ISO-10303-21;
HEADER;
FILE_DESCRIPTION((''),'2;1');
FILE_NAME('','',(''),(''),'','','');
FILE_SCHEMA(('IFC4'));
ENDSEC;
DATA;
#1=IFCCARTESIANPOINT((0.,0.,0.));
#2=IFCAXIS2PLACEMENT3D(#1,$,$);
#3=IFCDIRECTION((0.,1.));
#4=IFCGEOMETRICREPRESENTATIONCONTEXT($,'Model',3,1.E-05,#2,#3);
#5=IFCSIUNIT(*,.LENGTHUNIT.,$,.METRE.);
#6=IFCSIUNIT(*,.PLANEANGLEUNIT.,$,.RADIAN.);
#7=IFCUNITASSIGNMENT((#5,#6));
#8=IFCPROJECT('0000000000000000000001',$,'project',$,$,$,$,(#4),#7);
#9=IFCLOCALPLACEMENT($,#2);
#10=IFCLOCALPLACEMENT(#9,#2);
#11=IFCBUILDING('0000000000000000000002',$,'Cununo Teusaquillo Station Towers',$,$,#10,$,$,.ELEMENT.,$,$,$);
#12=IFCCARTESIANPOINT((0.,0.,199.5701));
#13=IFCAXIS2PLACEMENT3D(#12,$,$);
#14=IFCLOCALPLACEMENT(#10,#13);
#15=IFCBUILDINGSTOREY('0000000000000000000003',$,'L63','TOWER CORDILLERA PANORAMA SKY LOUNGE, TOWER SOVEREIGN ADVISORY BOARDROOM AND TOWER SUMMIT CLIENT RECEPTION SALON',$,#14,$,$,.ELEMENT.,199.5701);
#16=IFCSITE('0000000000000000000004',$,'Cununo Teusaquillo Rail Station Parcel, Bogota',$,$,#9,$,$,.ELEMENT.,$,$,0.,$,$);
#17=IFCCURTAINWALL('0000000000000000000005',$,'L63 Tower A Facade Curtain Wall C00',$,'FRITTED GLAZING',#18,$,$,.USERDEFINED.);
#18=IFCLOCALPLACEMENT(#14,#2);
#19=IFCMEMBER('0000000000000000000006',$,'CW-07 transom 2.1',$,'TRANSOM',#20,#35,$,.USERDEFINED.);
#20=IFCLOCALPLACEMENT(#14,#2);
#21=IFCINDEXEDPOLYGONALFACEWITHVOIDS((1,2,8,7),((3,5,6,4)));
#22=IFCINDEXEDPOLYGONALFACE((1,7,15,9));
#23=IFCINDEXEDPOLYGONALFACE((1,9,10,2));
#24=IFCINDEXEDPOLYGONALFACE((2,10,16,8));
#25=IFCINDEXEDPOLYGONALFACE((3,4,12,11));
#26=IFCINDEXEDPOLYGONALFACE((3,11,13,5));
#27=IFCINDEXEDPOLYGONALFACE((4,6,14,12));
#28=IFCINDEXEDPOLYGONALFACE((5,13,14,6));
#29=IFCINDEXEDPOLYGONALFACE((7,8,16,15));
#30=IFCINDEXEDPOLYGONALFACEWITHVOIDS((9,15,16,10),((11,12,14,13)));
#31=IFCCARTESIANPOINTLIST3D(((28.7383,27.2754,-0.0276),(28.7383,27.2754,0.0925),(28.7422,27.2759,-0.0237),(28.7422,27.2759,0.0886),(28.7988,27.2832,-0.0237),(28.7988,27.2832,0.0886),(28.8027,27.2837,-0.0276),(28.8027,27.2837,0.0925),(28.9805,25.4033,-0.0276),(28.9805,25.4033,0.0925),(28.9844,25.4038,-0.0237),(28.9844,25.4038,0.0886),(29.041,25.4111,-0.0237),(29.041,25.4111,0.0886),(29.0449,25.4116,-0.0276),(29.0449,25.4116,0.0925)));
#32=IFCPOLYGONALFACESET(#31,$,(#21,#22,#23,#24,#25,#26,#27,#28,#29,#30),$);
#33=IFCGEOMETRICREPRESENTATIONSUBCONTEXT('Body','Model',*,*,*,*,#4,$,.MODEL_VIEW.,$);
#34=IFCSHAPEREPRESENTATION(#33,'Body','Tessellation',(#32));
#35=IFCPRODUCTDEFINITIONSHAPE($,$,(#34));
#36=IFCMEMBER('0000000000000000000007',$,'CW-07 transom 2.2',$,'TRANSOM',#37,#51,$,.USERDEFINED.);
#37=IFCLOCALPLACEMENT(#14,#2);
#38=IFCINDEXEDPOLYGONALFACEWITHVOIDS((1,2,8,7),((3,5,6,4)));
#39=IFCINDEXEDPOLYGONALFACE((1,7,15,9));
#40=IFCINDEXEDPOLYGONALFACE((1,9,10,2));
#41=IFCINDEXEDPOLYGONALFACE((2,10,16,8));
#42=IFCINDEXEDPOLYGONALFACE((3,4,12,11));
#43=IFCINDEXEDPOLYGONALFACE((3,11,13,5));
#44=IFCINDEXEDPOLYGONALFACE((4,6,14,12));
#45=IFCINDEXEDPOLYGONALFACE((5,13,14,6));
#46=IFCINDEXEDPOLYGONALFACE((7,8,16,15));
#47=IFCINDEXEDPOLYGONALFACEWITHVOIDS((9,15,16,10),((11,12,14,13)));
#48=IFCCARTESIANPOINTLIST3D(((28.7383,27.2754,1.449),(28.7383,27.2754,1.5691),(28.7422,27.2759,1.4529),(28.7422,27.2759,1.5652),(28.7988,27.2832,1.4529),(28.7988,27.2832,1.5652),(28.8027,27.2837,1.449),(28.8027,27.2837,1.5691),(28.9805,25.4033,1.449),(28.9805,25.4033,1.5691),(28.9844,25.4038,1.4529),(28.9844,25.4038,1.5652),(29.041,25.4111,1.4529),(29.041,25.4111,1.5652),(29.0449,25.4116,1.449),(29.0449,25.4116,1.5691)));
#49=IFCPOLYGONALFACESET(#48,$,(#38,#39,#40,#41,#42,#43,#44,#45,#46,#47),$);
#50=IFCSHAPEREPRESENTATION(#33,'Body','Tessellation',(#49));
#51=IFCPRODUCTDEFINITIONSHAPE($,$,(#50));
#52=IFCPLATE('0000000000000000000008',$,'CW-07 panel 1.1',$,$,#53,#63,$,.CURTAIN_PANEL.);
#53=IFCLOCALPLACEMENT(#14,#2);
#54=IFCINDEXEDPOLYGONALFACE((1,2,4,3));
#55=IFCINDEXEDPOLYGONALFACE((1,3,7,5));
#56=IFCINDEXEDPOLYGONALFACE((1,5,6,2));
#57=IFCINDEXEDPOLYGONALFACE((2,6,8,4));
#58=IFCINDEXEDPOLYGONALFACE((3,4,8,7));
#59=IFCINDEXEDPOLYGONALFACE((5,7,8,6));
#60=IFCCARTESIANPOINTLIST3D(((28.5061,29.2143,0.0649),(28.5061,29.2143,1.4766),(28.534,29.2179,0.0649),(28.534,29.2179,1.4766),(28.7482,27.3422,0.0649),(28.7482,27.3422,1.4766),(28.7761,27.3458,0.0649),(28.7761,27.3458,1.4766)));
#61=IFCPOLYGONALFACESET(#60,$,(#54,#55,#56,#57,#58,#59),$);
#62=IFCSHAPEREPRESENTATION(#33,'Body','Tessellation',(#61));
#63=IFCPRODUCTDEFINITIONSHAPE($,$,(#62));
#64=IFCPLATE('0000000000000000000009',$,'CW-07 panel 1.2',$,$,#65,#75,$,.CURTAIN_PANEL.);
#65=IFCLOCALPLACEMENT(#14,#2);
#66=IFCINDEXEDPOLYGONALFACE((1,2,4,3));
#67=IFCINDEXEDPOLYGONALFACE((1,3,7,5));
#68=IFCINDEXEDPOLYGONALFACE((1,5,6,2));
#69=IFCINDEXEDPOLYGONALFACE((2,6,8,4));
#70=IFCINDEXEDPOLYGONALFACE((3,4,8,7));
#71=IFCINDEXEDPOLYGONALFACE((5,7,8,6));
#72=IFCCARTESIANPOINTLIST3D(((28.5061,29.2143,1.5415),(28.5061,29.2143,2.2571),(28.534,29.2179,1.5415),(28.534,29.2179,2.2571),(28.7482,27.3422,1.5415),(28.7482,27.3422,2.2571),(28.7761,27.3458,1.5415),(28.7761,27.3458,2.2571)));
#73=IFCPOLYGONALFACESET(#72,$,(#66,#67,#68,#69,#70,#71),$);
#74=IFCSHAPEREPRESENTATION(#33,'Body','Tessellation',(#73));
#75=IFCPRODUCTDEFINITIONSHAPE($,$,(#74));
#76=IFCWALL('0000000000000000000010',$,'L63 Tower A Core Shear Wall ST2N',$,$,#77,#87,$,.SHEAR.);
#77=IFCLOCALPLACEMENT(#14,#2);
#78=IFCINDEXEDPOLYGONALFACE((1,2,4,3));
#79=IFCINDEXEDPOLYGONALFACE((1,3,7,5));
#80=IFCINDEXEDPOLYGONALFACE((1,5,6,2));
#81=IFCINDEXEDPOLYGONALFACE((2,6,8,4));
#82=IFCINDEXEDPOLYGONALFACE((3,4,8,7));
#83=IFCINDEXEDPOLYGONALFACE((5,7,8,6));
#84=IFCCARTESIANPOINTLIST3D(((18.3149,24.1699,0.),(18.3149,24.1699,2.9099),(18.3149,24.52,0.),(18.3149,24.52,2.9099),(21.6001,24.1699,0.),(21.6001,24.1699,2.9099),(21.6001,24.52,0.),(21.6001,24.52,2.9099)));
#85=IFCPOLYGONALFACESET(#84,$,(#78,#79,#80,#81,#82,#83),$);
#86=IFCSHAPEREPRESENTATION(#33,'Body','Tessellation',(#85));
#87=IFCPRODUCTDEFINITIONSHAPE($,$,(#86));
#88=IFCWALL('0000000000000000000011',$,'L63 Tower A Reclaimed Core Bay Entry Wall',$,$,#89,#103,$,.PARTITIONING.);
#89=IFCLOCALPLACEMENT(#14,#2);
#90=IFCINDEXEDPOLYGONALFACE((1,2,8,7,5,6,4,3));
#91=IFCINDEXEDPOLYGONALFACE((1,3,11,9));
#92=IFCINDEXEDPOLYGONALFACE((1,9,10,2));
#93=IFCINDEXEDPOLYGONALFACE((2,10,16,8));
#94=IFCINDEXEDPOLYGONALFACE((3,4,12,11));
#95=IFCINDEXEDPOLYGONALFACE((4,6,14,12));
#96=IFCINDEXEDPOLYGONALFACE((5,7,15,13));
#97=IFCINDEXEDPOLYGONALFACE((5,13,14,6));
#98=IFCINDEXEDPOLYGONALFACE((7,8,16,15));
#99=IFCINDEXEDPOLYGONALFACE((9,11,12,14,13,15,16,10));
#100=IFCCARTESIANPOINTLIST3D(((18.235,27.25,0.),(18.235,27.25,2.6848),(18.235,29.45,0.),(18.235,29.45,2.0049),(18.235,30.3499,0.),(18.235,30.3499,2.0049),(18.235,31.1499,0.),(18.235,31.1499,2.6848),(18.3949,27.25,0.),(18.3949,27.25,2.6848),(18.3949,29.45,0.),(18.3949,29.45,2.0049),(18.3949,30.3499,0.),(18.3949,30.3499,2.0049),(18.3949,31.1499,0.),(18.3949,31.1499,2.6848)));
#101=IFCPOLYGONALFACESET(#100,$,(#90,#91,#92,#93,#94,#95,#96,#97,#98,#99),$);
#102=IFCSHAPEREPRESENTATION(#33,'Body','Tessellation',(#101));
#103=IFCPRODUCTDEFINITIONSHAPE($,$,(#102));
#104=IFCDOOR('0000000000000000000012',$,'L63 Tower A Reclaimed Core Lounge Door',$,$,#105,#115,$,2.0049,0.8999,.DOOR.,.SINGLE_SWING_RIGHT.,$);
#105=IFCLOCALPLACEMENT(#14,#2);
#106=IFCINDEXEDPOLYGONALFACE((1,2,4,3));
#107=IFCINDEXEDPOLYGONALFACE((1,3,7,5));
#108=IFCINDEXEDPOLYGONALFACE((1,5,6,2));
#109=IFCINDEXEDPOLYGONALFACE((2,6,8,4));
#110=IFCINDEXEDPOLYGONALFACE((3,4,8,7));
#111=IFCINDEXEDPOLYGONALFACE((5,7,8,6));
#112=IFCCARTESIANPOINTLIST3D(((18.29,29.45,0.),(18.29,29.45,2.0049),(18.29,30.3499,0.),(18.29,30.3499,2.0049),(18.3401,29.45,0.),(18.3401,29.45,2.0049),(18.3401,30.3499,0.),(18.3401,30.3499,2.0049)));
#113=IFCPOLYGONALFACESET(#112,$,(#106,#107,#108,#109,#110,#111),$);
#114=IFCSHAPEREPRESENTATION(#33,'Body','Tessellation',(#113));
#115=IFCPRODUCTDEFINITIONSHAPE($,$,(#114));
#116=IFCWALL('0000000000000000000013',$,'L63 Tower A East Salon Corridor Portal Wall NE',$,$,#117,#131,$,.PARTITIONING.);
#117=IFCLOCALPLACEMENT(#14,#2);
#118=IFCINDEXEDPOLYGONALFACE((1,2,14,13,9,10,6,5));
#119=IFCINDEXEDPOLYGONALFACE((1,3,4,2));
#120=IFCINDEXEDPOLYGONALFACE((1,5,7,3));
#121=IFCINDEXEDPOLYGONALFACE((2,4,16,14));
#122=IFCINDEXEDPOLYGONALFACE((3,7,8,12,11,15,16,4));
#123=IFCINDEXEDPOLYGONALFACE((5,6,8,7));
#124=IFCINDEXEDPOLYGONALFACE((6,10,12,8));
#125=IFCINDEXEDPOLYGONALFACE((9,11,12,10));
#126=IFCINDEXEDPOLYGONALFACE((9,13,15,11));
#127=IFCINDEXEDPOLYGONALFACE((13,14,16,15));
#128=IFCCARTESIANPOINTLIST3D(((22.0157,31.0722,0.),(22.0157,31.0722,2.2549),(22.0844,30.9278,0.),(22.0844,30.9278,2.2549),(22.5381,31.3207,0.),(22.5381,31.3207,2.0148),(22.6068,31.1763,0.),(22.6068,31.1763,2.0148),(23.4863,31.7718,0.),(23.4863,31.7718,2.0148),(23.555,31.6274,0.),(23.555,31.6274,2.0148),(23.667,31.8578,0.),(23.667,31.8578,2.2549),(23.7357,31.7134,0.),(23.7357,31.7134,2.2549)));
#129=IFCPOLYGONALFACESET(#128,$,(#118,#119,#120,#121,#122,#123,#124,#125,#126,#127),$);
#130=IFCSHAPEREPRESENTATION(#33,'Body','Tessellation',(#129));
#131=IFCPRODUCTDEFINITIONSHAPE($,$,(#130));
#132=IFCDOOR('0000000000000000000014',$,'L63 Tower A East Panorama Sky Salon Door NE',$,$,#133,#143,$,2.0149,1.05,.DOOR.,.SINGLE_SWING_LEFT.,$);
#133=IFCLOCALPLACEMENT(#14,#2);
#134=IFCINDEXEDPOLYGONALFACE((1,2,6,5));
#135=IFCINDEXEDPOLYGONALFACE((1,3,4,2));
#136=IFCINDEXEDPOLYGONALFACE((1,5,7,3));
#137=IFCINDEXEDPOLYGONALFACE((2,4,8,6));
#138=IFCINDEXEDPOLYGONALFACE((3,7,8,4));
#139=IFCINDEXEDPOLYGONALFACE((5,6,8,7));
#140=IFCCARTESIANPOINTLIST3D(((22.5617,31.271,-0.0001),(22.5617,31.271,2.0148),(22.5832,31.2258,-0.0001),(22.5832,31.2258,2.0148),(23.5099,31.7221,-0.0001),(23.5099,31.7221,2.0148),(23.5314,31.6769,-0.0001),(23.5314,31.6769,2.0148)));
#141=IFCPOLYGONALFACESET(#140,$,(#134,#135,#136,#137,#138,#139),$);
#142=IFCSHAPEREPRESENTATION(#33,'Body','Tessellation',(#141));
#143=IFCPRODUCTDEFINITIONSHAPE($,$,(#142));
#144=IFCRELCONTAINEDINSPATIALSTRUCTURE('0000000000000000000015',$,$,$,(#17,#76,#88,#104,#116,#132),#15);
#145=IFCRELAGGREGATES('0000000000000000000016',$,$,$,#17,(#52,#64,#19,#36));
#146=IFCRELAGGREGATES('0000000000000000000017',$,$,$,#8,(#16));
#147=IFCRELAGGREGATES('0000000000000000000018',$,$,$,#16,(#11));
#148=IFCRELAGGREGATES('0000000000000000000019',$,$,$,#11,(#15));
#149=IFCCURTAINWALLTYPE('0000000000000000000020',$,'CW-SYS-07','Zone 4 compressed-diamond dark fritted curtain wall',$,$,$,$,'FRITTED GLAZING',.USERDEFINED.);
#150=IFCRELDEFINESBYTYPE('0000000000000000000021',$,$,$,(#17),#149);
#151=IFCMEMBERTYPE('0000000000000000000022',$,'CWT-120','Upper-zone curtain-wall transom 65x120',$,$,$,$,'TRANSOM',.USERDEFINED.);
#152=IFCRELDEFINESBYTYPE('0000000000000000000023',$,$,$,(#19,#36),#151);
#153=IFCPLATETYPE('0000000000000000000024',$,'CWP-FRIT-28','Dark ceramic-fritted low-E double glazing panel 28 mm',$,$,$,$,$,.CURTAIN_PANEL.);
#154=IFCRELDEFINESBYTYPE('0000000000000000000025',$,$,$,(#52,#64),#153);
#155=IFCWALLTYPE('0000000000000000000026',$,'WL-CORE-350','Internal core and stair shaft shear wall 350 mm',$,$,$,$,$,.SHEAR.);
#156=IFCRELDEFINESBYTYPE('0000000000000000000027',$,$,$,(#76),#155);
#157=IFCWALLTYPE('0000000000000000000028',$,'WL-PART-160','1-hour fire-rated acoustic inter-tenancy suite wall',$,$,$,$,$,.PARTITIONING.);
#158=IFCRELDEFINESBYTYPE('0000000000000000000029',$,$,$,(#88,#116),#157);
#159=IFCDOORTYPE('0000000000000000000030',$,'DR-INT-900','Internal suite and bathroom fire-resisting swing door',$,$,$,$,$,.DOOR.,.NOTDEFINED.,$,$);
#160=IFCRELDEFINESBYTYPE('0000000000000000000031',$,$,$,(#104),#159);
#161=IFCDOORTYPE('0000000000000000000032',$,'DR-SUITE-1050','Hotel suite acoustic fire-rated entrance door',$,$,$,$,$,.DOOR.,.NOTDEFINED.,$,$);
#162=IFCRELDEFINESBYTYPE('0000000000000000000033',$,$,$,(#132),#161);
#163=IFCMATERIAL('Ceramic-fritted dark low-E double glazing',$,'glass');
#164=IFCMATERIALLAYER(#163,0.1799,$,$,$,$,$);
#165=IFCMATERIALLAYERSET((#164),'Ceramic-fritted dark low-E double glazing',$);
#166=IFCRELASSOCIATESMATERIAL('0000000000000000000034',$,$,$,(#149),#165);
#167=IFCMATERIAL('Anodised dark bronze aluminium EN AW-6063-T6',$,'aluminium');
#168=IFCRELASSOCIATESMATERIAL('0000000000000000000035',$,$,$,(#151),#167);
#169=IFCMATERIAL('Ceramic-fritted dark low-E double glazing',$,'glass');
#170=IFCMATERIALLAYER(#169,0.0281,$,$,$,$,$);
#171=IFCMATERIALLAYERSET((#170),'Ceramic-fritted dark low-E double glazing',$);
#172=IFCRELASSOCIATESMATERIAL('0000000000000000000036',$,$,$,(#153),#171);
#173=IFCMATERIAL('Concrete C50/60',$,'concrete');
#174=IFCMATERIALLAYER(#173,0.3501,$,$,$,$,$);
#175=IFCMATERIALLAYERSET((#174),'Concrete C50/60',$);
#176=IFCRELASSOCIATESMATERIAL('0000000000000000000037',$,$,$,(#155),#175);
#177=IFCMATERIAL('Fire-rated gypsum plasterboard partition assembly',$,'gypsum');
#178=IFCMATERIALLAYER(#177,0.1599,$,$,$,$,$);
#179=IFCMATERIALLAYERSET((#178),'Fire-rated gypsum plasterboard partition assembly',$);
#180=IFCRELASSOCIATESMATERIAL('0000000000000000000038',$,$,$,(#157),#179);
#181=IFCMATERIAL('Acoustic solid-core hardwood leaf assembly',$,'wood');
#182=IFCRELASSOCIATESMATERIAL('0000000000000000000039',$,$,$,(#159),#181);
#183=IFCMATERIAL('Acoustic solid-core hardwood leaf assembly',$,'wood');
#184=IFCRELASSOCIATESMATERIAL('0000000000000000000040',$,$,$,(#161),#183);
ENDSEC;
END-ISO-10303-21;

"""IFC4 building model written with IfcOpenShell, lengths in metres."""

from ifc_helpers import new_model, si_unit, direction, frame, frame_2d, origin, origin_2d, place, context, subcontext, project, spatial, rectangle, hollow_rectangle, extrude, source, transform, mapped, material, layer, layer_set, material_profile, profile_set, type_object, element, fill, aggregate, save


model = new_model("IFC4")

# Units and contexts
model_context = context("Model", 3, precision=1e-05, world=origin(), true_north=direction((0.0, 1.0)))
body_context = subcontext(model_context, "Body", "Model", "MODEL_VIEW")
ifc_project = project(units=[si_unit("LENGTHUNIT", "METRE"), si_unit("PLANEANGLEUNIT", "RADIAN")], contexts=[model_context])

# Site, building, storey
site_placement = place(None, origin())
site = spatial("IfcSite", under=ifc_project, at=site_placement, Name="Cununo Teusaquillo Rail Station Parcel, Bogota", CompositionType="ELEMENT", RefElevation=0.0)
building_placement = place(site_placement, origin())
building = spatial("IfcBuilding", under=site, at=building_placement, Name="Cununo Teusaquillo Station Towers", CompositionType="ELEMENT")
storey_placement = place(building_placement, frame((0.0, 0.0, 199.5701)))
storey = spatial("IfcBuildingStorey", under=building, at=storey_placement, Name="L63", Description="TOWER CORDILLERA PANORAMA SKY LOUNGE, TOWER SOVEREIGN ADVISORY BOARDROOM AND TOWER SUMMIT CLIENT RECEPTION SALON", CompositionType="ELEMENT", Elevation=199.5701)

# Curtain wall, members, plates
ifc_material_1 = material(Name="Ceramic-fritted dark low-E double glazing", Category="glass")
ifc_layer_1 = layer(ifc_material_1, 0.1799)
ifc_layer_set_1 = layer_set([ifc_layer_1], Name="Ceramic-fritted dark low-E double glazing")
curtain_wall_type = type_object("IfcCurtainWallType", Name="CW-SYS-07", Description="Zone 4 compressed-diamond dark fritted curtain wall", ElementType="FRITTED GLAZING", PredefinedType="USERDEFINED", material=ifc_layer_set_1)
curtain_wall_placement = place(storey_placement, origin())
curtain_wall = element("IfcCurtainWall", 1, at=curtain_wall_placement, inside=storey, type_object=curtain_wall_type, Name="L63 Tower A Facade Curtain Wall C00", ObjectType="FRITTED GLAZING", PredefinedType="USERDEFINED")
ifc_material_2 = material(Name="Anodised dark bronze aluminium EN AW-6063-T6", Category="aluminium")
ifc_material_profile_1 = material_profile(ifc_material_2, hollow_rectangle(XDim=0.0649, YDim=0.1201, WallThickness=0.0039, at=origin_2d()), Name="CW-TRAN-65x120")
ifc_profile_set_1 = profile_set([ifc_material_profile_1], Name="Anodised dark bronze aluminium EN AW-6063-T6")
member_type_1 = type_object("IfcMemberType", Name="CWT-120", Description="Upper-zone curtain-wall transom 65x120", ElementType="TRANSOM", PredefinedType="USERDEFINED", material=ifc_profile_set_1)
member_1_placement = place(storey_placement, frame((28.7705, 27.2795, 0.0325), z_axis=(0.1283, -0.991735, 0.0), x_axis=(0.991735, 0.1283, 0.0)))
member_1 = element("IfcMember", 2, at=member_1_placement, type_object=member_type_1, Name="CW-07 transom 2.1", ObjectType="TRANSOM", PredefinedType="USERDEFINED", context=body_context, shape_type="SweptSolid", body=[
    extrude(hollow_rectangle(XDim=0.0649, YDim=0.1201, WallThickness=0.0039, at=origin_2d()), origin(), (0.0, 0.0, 1.0), 1.8877),
])
member_2_placement = place(storey_placement, frame((28.7705, 27.2795, 1.509), z_axis=(0.1283, -0.991735, 0.0), x_axis=(0.991735, 0.1283, 0.0)))
member_2 = element("IfcMember", 3, at=member_2_placement, type_object=member_type_1, Name="CW-07 transom 2.2", ObjectType="TRANSOM", PredefinedType="USERDEFINED", context=body_context, shape_type="SweptSolid", body=[
    extrude(hollow_rectangle(XDim=0.0649, YDim=0.1201, WallThickness=0.0039, at=origin_2d()), origin(), (0.0, 0.0, 1.0), 1.8877),
])
ifc_material_3 = material(Name="Ceramic-fritted dark low-E double glazing", Category="glass")
ifc_layer_2 = layer(ifc_material_3, 0.0281)
ifc_layer_set_2 = layer_set([ifc_layer_2], Name="Ceramic-fritted dark low-E double glazing")
plate_type = type_object("IfcPlateType", Name="CWP-FRIT-28", Description="Dark ceramic-fritted low-E double glazing panel 28 mm", PredefinedType="CURTAIN_PANEL", material=ifc_layer_set_2)
shared_shape_1 = source(origin(), body_context, "Body", "SweptSolid", [
    extrude(rectangle(XDim=1.8877, YDim=0.0281, at=origin_2d()), origin(), (0.0, 0.0, 1.0), 1.4116),
])
plate_1_placement = place(storey_placement, frame((28.6411, 28.28, 0.0649), z_axis=(0.0, 0.0, 1.0), x_axis=(0.128253, -0.991742, 0.0)))
plate_1 = element("IfcPlate", 4, at=plate_1_placement, type_object=plate_type, Name="CW-07 panel 1.1", PredefinedType="CURTAIN_PANEL", context=body_context, shape_type="MappedRepresentation", body=[
    mapped(shared_shape_1, transform((0.0, 0.0, 0.0), x_axis=(1.0, 0.0, 0.0), y_axis=(0.0, 1.0, 0.0), z_axis=(0.0, 0.0, 1.0), scale=1.0)),
])
shared_shape_2 = source(origin(), body_context, "Body", "SweptSolid", [
    extrude(rectangle(XDim=1.8877, YDim=0.0281, at=origin_2d()), origin(), (0.0, 0.0, 1.0), 0.7156),
])
plate_2_placement = place(storey_placement, frame((28.6411, 28.28, 1.5415), z_axis=(0.0, 0.0, 1.0), x_axis=(0.128253, -0.991742, 0.0)))
plate_2 = element("IfcPlate", 5, at=plate_2_placement, type_object=plate_type, Name="CW-07 panel 1.2", PredefinedType="CURTAIN_PANEL", context=body_context, shape_type="MappedRepresentation", body=[
    mapped(shared_shape_2, transform((0.0, 0.0, 0.0), x_axis=(1.0, 0.0, 0.0), y_axis=(0.0, 1.0, 0.0), z_axis=(0.0, 0.0, 1.0), scale=1.0)),
])
aggregate(curtain_wall, [plate_1, plate_2, member_1, member_2])

# Wall
ifc_material_4 = material(Name="Concrete C50/60", Category="concrete")
ifc_layer_3 = layer(ifc_material_4, 0.3501)
ifc_layer_set_3 = layer_set([ifc_layer_3], Name="Concrete C50/60")
wall_type_1 = type_object("IfcWallType", Name="WL-CORE-350", Description="Internal core and stair shaft shear wall 350 mm", PredefinedType="SHEAR", material=ifc_layer_set_3)
wall_1_placement = place(storey_placement, frame((18.3149, 24.345, 0.0), z_axis=(0.0, 0.0, 1.0), x_axis=(1.0, 0.0, 0.0)))
element("IfcWall", 6, at=wall_1_placement, inside=storey, type_object=wall_type_1, Name="L63 Tower A Core Shear Wall ST2N", PredefinedType="SHEAR", context=body_context, shape_type="SweptSolid", body=[
    extrude(rectangle(XDim=3.2852, YDim=0.3501, at=frame_2d((1.6426, 0.0))), origin(), (0.0, 0.0, 1.0), 2.9099),
])

# Walls, openings, doors
ifc_material_5 = material(Name="Fire-rated gypsum plasterboard partition assembly", Category="gypsum")
ifc_layer_4 = layer(ifc_material_5, 0.1599)
ifc_layer_set_4 = layer_set([ifc_layer_4], Name="Fire-rated gypsum plasterboard partition assembly")
wall_type_2 = type_object("IfcWallType", Name="WL-PART-160", Description="1-hour fire-rated acoustic inter-tenancy suite wall", PredefinedType="PARTITIONING", material=ifc_layer_set_4)
wall_2_placement = place(storey_placement, frame((18.3149, 27.25, 0.0), z_axis=(0.0, 0.0, 1.0), x_axis=(0.0, 1.0, 0.0)))
wall_2 = element("IfcWall", 7, at=wall_2_placement, inside=storey, type_object=wall_type_2, Name="L63 Tower A Reclaimed Core Bay Entry Wall", PredefinedType="PARTITIONING", context=body_context, shape_type="SweptSolid", body=[
    extrude(rectangle(XDim=3.8999, YDim=0.1599, at=frame_2d((1.95, 0.0))), origin(), (0.0, 0.0, 1.0), 2.6848),
])
shared_shape_3 = source(origin(), body_context, "Body", "SweptSolid", [
    extrude(rectangle(XDim=0.8999, YDim=2.0049, at=frame_2d((0.45, 1.0024))), frame((0.0, 0.0898, 0.0), z_axis=(0.0, -1.0, 0.0), x_axis=(1.0, 0.0, 0.0)), (0.0, 0.0, 1.0), 0.1799),
])
opening_1_placement = place(wall_2_placement, frame((2.2, 0.0, 0.0)))
opening_1 = element("IfcOpeningElement", 8, at=opening_1_placement, cuts=wall_2, PredefinedType="OPENING", context=body_context, shape_type="MappedRepresentation", body=[
    mapped(shared_shape_3, transform((0.0, 0.0, 0.0), x_axis=(1.0, 0.0, 0.0), y_axis=(0.0, 1.0, 0.0), z_axis=(0.0, 0.0, 1.0), scale=1.0)),
])
ifc_material_6 = material(Name="Acoustic solid-core hardwood leaf assembly", Category="wood")
door_type_1 = type_object("IfcDoorType", Name="DR-INT-900", Description="Internal suite and bathroom fire-resisting swing door", OperationType="NOTDEFINED", PredefinedType="DOOR", material=ifc_material_6)
shared_shape_4 = source(origin(), body_context, "Body", "SweptSolid", [
    extrude(rectangle(XDim=0.8999, YDim=2.0049, at=frame_2d((0.45, 1.0024))), frame((0.0, 0.0249, 0.0), z_axis=(0.0, -1.0, 0.0), x_axis=(1.0, 0.0, 0.0)), (0.0, 0.0, 1.0), 0.05),
])
door_1_placement = place(opening_1_placement, origin())
door_1 = element("IfcDoor", 9, at=door_1_placement, inside=storey, type_object=door_type_1, Name="L63 Tower A Reclaimed Core Lounge Door", OperationType="SINGLE_SWING_RIGHT", OverallHeight=2.0049, OverallWidth=0.8999, PredefinedType="DOOR", context=body_context, shape_type="MappedRepresentation", body=[
    mapped(shared_shape_4, transform((0.0, 0.0, 0.0), x_axis=(1.0, 0.0, 0.0), y_axis=(0.0, 1.0, 0.0), z_axis=(0.0, 0.0, 1.0), scale=1.0)),
])
fill(opening_1, door_1)
wall_3_placement = place(storey_placement, frame((22.05, 31.0, 0.0), z_axis=(0.0, 0.0, 1.0), x_axis=(0.903013, 0.429612, 0.0)))
wall_3 = element("IfcWall", 10, at=wall_3_placement, inside=storey, type_object=wall_type_2, Name="L63 Tower A East Salon Corridor Portal Wall NE", PredefinedType="PARTITIONING", context=body_context, shape_type="SweptSolid", body=[
    extrude(rectangle(XDim=1.8286, YDim=0.1599, at=frame_2d((0.9143, 0.0))), origin(), (0.0, 0.0, 1.0), 2.2549),
])
shared_shape_5 = source(origin(), body_context, "Body", "SweptSolid", [
    extrude(rectangle(XDim=1.05, YDim=2.0149, at=frame_2d((0.5249, 1.0073))), frame((0.0, 0.0898, 0.0), z_axis=(0.0, -1.0, 0.0), x_axis=(1.0, 0.0, 0.0)), (0.0, 0.0, 1.0), 0.1799),
])
opening_2_placement = place(wall_3_placement, frame((0.5786, 0.0, 0.0)))
opening_2 = element("IfcOpeningElement", 11, at=opening_2_placement, cuts=wall_3, PredefinedType="OPENING", context=body_context, shape_type="MappedRepresentation", body=[
    mapped(shared_shape_5, transform((0.0, 0.0, 0.0), x_axis=(1.0, 0.0, 0.0), y_axis=(0.0, 1.0, 0.0), z_axis=(0.0, 0.0, 1.0), scale=1.0)),
])
ifc_material_7 = material(Name="Acoustic solid-core hardwood leaf assembly", Category="wood")
door_type_2 = type_object("IfcDoorType", Name="DR-SUITE-1050", Description="Hotel suite acoustic fire-rated entrance door", OperationType="NOTDEFINED", PredefinedType="DOOR", material=ifc_material_7)
shared_shape_6 = source(origin(), body_context, "Body", "SweptSolid", [
    extrude(rectangle(XDim=1.05, YDim=2.0149, at=frame_2d((0.5249, 1.0073))), frame((0.0, 0.0249, 0.0), z_axis=(0.0, -1.0, 0.0), x_axis=(1.0, 0.0, 0.0)), (0.0, 0.0, 1.0), 0.05),
])
door_2_placement = place(opening_2_placement, origin())
door_2 = element("IfcDoor", 12, at=door_2_placement, inside=storey, type_object=door_type_2, Name="L63 Tower A East Panorama Sky Salon Door NE", OperationType="SINGLE_SWING_LEFT", OverallHeight=2.0149, OverallWidth=1.05, PredefinedType="DOOR", context=body_context, shape_type="MappedRepresentation", body=[
    mapped(shared_shape_6, transform((0.0, 0.0, 0.0), x_axis=(1.0, 0.0, 0.0), y_axis=(0.0, 1.0, 0.0), z_axis=(0.0, 0.0, 1.0), scale=1.0)),
])
fill(opening_2, door_2)

save(model, "model.ifc")
